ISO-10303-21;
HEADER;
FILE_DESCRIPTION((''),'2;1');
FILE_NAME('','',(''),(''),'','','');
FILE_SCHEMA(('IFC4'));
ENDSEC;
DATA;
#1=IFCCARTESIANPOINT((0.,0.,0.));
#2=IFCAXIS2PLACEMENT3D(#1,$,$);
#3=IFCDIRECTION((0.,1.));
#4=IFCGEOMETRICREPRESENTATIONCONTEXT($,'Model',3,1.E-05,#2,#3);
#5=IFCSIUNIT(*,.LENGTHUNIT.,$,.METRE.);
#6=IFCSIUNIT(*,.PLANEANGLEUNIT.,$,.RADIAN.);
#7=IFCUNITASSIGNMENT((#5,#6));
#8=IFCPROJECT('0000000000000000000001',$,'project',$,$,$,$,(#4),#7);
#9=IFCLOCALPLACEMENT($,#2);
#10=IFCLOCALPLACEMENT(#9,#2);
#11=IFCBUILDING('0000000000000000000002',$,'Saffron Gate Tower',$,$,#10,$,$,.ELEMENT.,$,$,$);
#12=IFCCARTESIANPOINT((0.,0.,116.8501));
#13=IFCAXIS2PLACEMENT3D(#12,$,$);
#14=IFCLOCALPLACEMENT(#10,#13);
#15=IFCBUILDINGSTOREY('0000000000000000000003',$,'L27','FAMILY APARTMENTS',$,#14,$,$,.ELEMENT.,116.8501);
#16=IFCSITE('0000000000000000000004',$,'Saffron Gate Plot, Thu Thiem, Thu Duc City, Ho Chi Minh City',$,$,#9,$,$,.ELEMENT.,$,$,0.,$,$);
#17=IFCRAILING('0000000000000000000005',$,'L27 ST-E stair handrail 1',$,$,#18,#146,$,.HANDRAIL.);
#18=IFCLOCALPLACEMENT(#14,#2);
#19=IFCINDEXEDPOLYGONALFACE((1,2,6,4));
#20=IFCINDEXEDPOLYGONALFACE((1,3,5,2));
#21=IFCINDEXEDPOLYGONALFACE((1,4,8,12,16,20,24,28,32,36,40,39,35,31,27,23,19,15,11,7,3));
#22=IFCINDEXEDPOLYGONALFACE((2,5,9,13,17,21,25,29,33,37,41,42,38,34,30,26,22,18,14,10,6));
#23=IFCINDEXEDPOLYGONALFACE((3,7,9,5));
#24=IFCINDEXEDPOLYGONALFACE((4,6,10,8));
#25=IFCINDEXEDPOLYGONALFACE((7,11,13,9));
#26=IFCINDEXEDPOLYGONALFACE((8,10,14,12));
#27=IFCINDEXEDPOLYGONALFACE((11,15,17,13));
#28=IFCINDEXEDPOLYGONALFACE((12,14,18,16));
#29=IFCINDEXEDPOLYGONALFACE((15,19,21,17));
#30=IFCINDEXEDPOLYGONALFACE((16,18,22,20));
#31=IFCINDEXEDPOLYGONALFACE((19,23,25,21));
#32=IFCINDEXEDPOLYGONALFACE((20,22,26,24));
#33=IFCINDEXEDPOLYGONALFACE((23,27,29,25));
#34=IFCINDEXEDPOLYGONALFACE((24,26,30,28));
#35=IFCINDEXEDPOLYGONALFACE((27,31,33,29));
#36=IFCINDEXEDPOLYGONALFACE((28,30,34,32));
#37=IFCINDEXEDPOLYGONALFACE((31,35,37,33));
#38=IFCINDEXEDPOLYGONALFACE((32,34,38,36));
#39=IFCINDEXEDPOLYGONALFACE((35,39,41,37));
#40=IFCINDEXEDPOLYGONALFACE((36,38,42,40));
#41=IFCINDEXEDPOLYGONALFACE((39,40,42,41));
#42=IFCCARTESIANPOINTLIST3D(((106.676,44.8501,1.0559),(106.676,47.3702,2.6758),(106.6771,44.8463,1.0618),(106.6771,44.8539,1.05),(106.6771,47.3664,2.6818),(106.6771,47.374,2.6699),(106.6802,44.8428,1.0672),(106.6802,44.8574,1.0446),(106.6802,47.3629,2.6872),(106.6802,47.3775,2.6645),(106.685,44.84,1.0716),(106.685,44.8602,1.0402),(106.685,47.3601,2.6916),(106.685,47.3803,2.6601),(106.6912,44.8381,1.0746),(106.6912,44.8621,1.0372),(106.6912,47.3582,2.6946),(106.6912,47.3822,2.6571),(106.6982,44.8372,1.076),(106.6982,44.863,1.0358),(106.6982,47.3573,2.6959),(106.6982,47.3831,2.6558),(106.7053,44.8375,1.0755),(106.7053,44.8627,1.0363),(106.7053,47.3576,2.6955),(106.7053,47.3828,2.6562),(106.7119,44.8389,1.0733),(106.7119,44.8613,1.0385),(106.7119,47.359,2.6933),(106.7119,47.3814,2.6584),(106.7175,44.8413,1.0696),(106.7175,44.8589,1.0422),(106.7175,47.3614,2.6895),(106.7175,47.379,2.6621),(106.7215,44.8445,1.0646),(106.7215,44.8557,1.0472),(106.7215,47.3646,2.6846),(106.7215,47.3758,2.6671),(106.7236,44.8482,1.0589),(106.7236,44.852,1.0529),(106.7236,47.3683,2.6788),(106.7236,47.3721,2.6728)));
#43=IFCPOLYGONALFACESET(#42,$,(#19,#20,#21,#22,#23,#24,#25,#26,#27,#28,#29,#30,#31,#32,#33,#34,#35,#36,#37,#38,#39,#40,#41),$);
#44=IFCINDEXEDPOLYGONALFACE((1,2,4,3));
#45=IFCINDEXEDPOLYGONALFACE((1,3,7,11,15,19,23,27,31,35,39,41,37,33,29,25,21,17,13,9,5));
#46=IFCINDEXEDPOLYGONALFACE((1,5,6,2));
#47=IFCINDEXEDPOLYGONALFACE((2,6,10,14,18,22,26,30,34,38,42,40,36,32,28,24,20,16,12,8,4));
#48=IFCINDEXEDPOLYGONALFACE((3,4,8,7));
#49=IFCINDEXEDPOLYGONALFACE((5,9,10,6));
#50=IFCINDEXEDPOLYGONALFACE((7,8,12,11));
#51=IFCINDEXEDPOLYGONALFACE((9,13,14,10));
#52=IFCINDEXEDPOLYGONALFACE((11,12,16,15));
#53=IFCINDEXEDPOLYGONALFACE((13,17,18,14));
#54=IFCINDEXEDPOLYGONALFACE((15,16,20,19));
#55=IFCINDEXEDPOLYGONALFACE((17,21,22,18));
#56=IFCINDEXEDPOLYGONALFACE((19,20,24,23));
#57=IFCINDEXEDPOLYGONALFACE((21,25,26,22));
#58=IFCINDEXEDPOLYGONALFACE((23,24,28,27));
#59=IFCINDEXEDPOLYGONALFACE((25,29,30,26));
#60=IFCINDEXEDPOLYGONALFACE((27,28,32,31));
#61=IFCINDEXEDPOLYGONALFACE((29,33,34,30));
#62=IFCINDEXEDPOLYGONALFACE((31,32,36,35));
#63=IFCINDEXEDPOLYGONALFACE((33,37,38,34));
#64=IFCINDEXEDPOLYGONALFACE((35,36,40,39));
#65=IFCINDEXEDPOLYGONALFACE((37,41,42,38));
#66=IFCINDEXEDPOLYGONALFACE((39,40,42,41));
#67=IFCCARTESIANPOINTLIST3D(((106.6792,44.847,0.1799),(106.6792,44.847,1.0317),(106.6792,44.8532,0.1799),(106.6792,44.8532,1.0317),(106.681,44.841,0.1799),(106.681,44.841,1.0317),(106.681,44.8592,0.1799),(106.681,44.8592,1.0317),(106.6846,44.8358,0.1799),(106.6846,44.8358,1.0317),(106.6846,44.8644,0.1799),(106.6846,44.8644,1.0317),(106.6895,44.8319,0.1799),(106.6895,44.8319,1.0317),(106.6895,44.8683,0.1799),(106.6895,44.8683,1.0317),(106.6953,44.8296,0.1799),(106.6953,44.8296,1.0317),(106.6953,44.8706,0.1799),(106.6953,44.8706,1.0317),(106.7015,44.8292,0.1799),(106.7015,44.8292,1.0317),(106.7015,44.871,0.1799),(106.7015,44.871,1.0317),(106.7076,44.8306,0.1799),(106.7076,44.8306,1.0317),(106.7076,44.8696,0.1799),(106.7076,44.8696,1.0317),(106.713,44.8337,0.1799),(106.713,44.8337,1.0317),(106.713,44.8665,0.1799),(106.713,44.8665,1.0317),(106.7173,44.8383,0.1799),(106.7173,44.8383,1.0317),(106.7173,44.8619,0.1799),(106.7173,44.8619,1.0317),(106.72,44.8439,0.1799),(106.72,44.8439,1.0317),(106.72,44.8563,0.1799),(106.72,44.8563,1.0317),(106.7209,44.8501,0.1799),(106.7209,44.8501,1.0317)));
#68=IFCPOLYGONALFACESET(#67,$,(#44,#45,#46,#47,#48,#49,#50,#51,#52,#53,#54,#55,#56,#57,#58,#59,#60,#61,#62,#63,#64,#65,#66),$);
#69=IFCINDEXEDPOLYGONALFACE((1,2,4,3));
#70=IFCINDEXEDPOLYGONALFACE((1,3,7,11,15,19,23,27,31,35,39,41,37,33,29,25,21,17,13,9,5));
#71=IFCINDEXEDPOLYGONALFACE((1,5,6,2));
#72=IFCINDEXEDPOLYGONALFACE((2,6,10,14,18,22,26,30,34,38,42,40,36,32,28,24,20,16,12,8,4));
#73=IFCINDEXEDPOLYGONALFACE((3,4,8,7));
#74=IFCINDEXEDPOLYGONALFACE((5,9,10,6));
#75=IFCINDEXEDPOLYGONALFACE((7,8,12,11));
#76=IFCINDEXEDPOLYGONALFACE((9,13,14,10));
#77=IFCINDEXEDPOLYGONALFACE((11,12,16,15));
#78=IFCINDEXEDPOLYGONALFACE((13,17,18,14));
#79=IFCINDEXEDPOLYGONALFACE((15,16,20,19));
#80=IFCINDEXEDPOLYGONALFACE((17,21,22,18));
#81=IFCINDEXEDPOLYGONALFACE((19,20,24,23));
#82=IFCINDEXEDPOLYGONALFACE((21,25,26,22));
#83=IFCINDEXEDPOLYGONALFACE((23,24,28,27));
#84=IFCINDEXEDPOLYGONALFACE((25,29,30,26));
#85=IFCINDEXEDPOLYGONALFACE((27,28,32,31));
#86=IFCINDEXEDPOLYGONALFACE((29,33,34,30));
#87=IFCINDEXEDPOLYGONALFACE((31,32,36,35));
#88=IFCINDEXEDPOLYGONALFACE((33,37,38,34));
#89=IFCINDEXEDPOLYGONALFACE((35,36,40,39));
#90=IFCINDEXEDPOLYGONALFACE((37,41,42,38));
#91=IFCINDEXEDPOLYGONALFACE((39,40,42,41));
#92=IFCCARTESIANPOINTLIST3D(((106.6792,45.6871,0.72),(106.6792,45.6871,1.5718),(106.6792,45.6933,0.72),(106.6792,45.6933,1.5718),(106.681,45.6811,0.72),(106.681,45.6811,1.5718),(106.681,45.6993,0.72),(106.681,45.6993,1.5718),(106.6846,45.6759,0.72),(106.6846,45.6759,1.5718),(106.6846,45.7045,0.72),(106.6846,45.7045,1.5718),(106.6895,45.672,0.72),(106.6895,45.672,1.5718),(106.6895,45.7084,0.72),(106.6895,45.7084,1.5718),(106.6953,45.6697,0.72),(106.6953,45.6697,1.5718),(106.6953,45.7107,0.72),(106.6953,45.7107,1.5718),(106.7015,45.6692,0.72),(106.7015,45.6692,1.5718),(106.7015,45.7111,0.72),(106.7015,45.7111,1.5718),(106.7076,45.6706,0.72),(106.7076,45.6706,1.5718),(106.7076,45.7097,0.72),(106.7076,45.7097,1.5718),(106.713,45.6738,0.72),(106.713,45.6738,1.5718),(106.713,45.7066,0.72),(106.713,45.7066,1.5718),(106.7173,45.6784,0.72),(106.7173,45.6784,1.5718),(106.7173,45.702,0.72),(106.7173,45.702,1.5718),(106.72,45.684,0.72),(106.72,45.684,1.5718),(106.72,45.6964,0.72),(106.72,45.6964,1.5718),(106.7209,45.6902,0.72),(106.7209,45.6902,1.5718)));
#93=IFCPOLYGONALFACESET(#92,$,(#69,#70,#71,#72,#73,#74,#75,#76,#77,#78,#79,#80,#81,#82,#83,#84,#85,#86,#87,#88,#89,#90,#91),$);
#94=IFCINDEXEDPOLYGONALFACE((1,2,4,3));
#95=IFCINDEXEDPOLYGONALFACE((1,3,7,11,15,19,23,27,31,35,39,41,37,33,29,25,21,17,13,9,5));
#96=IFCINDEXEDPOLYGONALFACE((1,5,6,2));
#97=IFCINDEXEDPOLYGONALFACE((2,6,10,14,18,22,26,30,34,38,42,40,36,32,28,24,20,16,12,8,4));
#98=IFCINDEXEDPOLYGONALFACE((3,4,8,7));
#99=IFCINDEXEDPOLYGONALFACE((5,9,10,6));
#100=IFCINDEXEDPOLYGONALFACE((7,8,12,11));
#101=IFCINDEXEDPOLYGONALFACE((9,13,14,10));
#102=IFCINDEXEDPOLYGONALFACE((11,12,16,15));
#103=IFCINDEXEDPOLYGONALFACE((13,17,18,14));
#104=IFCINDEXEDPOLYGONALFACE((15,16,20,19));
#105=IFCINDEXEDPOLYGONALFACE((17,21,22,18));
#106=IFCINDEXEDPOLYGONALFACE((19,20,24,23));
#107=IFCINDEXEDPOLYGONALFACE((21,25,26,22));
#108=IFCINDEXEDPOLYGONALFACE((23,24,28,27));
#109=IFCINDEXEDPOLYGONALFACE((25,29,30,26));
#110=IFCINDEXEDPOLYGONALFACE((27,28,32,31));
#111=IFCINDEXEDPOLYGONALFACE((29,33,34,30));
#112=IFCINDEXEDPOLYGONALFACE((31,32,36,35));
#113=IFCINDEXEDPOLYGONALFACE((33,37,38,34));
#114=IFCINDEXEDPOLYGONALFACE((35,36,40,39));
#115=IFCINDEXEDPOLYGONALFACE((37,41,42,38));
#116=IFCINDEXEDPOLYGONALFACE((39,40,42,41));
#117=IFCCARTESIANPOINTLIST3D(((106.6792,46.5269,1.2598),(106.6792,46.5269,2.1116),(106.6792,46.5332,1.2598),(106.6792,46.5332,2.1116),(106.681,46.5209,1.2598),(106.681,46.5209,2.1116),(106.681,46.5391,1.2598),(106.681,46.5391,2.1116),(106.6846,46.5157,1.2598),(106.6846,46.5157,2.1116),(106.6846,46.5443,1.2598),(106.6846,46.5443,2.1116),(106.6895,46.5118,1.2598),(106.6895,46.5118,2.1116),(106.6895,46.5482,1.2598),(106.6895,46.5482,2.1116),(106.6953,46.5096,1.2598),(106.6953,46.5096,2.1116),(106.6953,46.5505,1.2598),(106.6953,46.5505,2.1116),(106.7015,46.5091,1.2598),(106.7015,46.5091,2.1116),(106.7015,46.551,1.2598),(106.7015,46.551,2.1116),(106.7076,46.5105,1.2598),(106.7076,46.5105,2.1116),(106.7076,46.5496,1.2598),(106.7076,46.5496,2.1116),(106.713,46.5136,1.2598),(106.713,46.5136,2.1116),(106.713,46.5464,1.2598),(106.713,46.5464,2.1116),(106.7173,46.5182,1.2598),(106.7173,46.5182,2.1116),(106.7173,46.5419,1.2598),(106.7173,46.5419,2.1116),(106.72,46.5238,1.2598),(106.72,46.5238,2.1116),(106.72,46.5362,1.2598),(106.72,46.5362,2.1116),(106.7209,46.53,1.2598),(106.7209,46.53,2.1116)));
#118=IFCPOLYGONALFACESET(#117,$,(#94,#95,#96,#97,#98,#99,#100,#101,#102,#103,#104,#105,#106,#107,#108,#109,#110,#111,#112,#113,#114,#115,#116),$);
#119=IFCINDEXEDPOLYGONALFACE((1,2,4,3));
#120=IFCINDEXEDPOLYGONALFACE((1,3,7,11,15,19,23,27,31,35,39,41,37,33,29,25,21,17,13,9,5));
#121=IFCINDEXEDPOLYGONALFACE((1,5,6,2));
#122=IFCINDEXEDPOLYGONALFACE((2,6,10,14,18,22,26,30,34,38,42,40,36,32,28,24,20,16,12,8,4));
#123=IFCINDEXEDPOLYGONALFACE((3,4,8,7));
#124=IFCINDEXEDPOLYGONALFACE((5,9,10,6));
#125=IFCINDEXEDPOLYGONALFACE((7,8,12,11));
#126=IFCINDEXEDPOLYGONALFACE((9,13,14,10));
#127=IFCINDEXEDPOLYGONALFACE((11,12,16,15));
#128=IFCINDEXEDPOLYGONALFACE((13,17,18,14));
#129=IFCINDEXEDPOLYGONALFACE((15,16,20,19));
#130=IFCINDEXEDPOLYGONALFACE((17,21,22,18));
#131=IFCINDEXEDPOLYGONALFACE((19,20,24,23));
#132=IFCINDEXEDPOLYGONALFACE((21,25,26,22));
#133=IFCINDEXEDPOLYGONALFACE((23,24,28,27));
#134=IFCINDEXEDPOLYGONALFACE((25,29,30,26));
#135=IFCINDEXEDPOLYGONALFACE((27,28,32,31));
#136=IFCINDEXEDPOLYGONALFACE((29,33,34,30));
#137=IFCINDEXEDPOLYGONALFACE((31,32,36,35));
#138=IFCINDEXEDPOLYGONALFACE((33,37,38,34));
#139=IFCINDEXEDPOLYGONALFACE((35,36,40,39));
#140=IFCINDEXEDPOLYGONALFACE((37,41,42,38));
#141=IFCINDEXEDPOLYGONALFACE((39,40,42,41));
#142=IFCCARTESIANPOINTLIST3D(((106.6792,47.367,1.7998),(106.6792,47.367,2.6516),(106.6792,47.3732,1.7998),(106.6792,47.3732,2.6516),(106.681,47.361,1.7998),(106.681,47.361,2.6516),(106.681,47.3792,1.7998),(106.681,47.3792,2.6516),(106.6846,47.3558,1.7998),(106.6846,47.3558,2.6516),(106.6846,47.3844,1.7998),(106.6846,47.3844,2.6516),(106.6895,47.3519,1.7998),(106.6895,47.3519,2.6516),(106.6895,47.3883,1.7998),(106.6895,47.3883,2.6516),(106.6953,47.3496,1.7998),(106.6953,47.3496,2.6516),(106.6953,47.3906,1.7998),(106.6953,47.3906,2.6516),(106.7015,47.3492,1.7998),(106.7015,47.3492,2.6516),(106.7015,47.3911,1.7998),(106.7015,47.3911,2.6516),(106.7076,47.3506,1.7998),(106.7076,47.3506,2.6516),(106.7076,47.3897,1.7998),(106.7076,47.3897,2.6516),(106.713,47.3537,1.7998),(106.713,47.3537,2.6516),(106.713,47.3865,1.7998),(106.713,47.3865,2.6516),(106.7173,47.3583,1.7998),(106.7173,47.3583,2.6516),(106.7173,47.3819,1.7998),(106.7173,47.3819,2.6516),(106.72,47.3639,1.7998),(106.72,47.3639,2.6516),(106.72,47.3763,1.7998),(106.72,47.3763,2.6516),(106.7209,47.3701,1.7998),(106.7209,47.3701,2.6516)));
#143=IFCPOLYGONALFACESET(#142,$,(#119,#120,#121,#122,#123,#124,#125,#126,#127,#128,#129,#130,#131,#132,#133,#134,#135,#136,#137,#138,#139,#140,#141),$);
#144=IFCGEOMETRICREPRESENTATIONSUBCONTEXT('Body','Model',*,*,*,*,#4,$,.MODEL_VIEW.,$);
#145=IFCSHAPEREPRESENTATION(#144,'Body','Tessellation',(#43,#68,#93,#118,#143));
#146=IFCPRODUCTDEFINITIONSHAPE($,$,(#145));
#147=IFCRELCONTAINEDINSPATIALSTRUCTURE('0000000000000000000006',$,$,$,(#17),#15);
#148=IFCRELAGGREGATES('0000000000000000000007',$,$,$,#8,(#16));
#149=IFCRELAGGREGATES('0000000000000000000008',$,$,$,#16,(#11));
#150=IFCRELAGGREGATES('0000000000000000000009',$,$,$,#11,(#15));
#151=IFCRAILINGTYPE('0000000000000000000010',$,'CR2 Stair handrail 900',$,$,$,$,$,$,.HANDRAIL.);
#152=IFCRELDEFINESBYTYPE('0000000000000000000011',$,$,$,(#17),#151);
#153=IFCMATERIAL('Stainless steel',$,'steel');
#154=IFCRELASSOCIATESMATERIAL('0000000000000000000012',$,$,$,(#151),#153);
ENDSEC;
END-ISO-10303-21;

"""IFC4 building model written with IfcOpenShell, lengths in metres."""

from ifc_helpers import new_model, si_unit, direction, frame, origin, origin_2d, place, context, subcontext, project, spatial, circle, extrude, material, type_object, element, save


model = new_model("IFC4")

# Units and contexts
model_context = context("Model", 3, precision=1e-05, world=origin(), true_north=direction((0.0, 1.0)))
body_context = subcontext(model_context, "Body", "Model", "MODEL_VIEW")
ifc_project = project(units=[si_unit("LENGTHUNIT", "METRE"), si_unit("PLANEANGLEUNIT", "RADIAN")], contexts=[model_context])

# Site, building, storey
site_placement = place(None, origin())
site = spatial("IfcSite", under=ifc_project, at=site_placement, Name="Saffron Gate Plot, Thu Thiem, Thu Duc City, Ho Chi Minh City", CompositionType="ELEMENT", RefElevation=0.0)
building_placement = place(site_placement, origin())
building = spatial("IfcBuilding", under=site, at=building_placement, Name="Saffron Gate Tower", CompositionType="ELEMENT")
storey_placement = place(building_placement, frame((0.0, 0.0, 116.8501)))
storey = spatial("IfcBuildingStorey", under=building, at=storey_placement, Name="L27", Description="FAMILY APARTMENTS", CompositionType="ELEMENT", Elevation=116.8501)

# Railing
ifc_material_1 = material(Name="Stainless steel", Category="steel")
railing_type_1 = type_object("IfcRailingType", Name="CR2 Stair handrail 900", PredefinedType="HANDRAIL", material=ifc_material_1)
railing_1_placement = place(storey_placement, frame((106.7, 44.8501, 0.1799)))
element("IfcRailing", 1, at=railing_1_placement, inside=storey, type_object=railing_type_1, Name="L27 ST-E stair handrail 1", PredefinedType="HANDRAIL", context=body_context, shape_type="SweptSolid", body=[
    extrude(circle(Radius=0.0239, at=origin_2d()), frame((0.0, 0.0, 0.876), z_axis=(0.0, 0.8412, 0.540725), x_axis=(-1.0, 0.0, 0.0)), (0.0, 0.0, 1.0), 2.9958),
    extrude(circle(Radius=0.021, at=origin_2d()), origin(), (0.0, 0.0, 1.0), 0.8518),
    extrude(circle(Radius=0.021, at=origin_2d()), frame((0.0, 0.8401, 0.54)), (0.0, 0.0, 1.0), 0.8518),
    extrude(circle(Radius=0.021, at=origin_2d()), frame((0.0, 1.6799, 1.0798)), (0.0, 0.0, 1.0), 0.8518),
    extrude(circle(Radius=0.021, at=origin_2d()), frame((0.0, 2.52, 1.6199)), (0.0, 0.0, 1.0), 0.8518),
])

save(model, "model.ifc")
